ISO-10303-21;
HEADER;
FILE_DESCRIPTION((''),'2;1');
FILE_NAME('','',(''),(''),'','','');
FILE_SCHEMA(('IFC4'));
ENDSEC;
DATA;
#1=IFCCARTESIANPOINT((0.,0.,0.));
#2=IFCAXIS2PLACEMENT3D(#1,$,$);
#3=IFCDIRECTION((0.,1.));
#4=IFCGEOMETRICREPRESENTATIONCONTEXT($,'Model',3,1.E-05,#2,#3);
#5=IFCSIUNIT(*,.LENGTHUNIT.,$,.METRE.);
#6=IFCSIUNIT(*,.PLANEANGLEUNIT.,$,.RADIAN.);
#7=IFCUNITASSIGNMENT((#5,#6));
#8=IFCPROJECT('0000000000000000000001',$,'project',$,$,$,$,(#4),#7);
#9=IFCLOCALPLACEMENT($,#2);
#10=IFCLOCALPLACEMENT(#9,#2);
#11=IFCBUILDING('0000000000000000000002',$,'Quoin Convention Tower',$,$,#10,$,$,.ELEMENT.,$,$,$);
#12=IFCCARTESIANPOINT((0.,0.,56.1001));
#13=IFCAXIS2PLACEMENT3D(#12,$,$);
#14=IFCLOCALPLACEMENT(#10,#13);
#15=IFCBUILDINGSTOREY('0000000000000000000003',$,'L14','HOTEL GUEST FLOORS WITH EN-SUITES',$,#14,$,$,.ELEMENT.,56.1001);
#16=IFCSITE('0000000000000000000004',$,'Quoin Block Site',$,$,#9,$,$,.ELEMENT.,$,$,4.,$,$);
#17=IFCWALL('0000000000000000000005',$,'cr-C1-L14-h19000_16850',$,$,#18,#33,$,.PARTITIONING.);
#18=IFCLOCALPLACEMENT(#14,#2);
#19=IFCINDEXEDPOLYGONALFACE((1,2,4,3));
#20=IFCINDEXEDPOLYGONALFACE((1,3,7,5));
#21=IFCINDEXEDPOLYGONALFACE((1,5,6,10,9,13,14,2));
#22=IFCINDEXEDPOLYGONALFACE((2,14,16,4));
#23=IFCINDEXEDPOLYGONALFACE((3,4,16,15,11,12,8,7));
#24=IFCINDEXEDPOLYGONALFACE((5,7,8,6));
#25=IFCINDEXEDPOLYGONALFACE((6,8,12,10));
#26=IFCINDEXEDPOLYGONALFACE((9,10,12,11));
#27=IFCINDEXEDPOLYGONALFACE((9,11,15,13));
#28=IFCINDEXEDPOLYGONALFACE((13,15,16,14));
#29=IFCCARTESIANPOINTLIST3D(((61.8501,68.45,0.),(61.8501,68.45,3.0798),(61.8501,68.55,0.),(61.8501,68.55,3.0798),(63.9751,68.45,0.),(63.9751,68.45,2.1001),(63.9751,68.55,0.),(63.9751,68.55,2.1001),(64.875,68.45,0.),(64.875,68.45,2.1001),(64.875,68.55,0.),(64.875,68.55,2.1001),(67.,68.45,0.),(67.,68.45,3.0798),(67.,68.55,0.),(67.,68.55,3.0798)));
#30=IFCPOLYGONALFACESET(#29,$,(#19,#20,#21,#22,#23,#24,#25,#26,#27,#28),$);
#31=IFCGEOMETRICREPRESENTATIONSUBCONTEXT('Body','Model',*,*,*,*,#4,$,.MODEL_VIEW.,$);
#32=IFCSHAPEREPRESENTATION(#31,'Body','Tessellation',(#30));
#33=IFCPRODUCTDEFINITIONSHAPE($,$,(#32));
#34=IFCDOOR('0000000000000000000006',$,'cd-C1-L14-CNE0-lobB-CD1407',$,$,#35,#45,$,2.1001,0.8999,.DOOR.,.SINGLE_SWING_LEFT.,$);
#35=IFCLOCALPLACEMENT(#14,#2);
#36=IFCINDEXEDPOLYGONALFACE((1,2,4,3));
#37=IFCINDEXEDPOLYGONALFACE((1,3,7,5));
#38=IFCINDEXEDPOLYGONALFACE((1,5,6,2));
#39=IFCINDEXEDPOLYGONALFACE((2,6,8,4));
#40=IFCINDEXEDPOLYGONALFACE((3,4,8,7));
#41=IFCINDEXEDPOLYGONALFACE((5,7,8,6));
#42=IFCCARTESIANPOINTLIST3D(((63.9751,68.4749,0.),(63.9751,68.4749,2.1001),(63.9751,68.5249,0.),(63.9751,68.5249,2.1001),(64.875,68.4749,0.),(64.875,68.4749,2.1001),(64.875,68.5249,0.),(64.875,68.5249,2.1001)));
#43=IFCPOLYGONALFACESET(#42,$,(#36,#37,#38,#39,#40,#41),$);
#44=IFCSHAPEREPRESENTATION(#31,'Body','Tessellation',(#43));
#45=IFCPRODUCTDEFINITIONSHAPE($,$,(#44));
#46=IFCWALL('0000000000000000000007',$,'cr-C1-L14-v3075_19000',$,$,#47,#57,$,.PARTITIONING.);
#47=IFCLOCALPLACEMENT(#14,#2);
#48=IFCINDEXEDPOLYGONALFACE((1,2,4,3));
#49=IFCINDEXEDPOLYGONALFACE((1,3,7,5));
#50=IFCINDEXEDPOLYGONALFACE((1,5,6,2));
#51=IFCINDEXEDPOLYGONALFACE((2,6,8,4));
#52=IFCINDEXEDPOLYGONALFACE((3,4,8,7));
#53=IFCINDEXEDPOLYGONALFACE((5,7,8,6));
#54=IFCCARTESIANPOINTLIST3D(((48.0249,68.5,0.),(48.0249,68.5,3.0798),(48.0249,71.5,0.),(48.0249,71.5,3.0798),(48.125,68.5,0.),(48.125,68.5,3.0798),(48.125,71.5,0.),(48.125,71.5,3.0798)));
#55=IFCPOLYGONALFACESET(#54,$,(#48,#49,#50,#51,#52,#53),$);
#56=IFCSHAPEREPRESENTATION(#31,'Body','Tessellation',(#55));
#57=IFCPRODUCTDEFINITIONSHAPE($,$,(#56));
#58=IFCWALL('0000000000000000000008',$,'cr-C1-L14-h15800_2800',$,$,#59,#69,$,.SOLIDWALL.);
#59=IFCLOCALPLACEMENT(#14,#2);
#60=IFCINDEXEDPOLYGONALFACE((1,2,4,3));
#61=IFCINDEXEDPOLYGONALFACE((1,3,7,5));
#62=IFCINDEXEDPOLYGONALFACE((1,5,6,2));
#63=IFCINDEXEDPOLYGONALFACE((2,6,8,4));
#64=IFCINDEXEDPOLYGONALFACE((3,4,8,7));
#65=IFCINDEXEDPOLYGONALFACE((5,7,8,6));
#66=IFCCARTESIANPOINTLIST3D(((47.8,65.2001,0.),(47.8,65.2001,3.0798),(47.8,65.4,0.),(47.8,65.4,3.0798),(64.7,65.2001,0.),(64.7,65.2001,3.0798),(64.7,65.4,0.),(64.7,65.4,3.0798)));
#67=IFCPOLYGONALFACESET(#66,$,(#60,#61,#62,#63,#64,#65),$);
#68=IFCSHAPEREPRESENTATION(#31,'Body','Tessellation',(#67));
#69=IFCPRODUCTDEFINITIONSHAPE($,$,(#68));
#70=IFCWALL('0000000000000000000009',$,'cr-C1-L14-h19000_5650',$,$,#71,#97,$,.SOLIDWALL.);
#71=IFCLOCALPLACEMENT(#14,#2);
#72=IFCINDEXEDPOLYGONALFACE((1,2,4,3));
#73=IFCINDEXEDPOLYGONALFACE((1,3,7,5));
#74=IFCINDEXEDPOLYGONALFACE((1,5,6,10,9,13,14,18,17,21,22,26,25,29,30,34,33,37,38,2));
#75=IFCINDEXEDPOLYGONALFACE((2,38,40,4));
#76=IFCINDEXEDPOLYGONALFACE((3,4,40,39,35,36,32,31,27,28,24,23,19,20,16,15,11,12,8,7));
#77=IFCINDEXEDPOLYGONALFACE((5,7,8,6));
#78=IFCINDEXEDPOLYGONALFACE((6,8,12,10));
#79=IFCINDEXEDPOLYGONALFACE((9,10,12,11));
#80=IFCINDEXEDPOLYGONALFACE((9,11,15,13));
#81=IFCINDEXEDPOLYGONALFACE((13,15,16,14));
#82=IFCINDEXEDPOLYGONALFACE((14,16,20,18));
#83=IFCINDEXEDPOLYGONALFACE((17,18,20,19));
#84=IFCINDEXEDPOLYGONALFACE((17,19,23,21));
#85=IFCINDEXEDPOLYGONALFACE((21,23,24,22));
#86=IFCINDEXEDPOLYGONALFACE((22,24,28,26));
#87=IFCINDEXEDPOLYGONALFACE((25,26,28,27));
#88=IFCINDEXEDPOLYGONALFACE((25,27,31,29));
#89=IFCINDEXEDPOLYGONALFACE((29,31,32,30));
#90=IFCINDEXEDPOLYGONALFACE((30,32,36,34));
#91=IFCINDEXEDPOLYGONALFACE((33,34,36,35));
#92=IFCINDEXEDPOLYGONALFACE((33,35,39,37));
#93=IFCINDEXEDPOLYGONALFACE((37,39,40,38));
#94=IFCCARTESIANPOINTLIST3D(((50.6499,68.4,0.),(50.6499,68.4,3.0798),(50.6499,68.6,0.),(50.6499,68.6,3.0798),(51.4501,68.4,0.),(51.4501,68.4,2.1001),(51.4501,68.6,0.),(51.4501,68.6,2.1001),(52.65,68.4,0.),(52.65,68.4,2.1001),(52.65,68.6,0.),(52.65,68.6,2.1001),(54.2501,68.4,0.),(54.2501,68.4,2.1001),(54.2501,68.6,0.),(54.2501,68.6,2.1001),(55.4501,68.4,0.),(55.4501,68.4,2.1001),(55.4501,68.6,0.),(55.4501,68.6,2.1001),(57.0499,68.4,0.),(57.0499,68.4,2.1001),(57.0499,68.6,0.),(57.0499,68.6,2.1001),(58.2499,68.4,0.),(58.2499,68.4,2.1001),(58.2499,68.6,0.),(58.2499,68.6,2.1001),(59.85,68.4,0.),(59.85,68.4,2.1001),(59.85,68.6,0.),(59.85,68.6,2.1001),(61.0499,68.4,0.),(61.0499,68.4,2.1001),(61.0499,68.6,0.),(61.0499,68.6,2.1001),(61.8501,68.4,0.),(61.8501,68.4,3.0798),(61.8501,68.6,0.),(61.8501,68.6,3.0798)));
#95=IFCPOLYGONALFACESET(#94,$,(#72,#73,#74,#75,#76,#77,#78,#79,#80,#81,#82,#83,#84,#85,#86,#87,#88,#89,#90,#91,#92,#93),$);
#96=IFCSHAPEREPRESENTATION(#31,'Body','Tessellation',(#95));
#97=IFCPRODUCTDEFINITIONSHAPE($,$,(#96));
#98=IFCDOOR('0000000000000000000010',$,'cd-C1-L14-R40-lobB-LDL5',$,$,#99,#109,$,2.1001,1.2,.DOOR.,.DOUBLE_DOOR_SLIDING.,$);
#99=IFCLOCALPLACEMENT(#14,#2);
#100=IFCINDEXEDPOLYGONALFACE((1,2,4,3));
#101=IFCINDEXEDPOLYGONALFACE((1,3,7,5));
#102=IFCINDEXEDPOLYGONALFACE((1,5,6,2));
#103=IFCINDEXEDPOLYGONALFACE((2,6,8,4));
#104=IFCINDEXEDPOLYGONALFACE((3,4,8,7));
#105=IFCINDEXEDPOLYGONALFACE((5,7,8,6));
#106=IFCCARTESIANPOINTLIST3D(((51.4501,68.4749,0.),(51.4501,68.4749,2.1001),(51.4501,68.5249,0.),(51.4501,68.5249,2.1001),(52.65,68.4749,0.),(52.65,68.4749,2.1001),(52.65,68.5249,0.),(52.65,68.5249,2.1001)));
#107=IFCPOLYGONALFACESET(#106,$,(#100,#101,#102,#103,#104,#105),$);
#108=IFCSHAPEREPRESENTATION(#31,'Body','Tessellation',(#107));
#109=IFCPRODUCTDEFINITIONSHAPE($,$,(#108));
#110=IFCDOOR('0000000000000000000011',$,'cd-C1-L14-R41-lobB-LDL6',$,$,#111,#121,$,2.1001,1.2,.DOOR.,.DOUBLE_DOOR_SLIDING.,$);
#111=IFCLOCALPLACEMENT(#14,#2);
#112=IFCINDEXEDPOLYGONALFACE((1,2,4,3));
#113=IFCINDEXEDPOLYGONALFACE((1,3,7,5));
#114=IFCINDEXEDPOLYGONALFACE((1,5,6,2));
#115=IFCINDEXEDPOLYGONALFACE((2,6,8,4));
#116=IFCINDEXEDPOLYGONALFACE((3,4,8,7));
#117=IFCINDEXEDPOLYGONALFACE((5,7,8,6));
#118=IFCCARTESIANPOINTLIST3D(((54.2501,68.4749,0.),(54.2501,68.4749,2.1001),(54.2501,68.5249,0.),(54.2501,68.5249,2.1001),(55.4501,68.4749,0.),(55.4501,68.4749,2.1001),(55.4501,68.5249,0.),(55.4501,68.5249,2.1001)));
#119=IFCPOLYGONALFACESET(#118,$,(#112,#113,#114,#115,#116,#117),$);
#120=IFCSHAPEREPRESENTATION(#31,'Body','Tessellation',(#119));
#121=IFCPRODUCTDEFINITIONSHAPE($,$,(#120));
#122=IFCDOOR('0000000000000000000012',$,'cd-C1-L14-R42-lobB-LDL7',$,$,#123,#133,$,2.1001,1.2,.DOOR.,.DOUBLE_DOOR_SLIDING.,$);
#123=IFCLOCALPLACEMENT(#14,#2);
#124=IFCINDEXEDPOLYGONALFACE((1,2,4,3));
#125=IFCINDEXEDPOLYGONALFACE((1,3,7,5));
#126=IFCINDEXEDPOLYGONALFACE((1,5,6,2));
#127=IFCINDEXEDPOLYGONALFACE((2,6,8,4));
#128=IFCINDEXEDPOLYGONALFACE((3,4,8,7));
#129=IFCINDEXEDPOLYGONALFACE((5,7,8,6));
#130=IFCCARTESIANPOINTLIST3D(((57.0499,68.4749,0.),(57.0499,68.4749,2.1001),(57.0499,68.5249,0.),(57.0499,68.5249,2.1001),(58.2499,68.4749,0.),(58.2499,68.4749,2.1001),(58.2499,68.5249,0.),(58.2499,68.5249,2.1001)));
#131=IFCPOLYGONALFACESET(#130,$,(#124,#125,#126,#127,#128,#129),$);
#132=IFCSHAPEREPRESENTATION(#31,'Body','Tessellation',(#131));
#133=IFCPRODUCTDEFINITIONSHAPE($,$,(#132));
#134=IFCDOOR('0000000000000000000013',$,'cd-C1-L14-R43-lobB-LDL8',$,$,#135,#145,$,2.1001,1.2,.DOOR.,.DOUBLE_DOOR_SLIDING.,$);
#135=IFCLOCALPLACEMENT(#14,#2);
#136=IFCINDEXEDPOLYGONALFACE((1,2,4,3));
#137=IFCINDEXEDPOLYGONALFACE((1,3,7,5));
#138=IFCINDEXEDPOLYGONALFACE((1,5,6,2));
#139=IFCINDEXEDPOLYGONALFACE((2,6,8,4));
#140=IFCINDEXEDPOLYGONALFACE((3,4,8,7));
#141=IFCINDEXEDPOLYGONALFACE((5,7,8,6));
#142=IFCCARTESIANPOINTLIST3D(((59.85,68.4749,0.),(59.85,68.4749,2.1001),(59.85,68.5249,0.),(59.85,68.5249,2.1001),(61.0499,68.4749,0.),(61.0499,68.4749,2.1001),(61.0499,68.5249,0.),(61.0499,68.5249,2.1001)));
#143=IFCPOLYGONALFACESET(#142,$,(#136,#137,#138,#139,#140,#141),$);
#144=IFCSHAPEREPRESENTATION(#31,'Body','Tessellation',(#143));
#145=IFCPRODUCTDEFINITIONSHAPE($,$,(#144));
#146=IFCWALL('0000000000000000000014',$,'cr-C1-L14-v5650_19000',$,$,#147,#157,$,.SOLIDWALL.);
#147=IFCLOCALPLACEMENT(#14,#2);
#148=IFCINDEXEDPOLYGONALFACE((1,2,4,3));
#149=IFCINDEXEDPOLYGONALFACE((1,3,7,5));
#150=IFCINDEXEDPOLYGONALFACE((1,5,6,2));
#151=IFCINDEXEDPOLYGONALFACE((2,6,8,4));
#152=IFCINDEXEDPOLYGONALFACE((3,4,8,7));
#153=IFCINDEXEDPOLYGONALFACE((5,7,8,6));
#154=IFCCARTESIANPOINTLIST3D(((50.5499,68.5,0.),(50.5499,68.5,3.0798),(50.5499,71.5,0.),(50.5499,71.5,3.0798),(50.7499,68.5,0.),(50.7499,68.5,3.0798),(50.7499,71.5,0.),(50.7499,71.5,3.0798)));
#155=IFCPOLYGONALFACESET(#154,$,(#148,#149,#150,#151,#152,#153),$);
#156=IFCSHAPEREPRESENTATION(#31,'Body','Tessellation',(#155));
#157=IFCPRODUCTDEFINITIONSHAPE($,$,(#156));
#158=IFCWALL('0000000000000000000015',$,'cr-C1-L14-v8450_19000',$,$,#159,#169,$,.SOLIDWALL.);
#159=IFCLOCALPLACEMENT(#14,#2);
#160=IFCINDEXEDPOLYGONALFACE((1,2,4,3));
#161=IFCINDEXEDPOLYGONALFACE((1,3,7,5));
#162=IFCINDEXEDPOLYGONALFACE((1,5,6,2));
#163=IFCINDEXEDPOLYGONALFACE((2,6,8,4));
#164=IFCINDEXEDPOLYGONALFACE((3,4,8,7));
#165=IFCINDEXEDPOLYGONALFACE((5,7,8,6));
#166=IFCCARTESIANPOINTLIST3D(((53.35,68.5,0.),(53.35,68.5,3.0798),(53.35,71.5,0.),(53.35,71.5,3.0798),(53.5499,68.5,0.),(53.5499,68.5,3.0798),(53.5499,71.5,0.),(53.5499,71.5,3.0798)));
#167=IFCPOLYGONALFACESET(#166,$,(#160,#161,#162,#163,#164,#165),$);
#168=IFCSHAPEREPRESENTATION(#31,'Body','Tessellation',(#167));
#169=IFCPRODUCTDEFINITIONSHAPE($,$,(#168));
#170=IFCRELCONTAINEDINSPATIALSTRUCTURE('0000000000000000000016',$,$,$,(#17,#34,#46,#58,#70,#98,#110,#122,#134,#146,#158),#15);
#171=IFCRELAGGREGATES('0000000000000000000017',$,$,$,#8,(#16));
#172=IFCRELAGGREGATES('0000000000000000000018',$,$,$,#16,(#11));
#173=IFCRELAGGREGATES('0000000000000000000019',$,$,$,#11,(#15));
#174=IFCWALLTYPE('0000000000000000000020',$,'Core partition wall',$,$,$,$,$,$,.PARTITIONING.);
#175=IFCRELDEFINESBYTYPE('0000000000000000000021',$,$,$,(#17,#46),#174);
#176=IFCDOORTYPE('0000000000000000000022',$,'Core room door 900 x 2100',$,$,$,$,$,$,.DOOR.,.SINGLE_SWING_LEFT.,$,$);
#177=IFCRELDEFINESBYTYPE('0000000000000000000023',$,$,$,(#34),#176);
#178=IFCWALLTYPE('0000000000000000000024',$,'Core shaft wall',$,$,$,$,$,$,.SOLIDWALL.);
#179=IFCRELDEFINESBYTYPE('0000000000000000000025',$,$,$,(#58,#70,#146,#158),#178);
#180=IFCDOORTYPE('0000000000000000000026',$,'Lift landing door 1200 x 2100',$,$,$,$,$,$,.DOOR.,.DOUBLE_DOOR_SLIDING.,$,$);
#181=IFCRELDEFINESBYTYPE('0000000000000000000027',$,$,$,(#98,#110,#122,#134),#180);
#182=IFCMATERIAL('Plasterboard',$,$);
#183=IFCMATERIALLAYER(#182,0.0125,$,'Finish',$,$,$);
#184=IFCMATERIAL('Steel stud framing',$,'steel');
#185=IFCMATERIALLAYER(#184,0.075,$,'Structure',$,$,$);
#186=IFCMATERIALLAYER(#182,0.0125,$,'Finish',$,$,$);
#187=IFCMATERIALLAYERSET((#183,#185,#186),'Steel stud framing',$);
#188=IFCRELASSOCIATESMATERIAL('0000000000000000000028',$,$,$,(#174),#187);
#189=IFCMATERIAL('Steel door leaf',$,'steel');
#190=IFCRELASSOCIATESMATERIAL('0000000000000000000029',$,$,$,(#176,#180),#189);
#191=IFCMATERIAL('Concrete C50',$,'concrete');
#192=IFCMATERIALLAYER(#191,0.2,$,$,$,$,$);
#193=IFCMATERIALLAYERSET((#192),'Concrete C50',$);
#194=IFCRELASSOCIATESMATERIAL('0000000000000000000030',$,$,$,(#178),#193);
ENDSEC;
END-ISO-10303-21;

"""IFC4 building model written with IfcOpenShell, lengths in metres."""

from ifc_helpers import new_model, si_unit, direction, frame, frame_2d, origin, place, context, subcontext, project, spatial, rectangle, extrude, material, layer, layer_set, type_object, element, fill, save


model = new_model("IFC4")

# Units and contexts
model_context = context("Model", 3, precision=1e-05, world=origin(), true_north=direction((0.0, 1.0)))
body_context = subcontext(model_context, "Body", "Model", "MODEL_VIEW")
ifc_project = project(units=[si_unit("LENGTHUNIT", "METRE"), si_unit("PLANEANGLEUNIT", "RADIAN")], contexts=[model_context])

# Site, building, storey
site_placement = place(None, origin())
site = spatial("IfcSite", under=ifc_project, at=site_placement, Name="Quoin Block Site", CompositionType="ELEMENT", RefElevation=4.0)
building_placement = place(site_placement, origin())
building = spatial("IfcBuilding", under=site, at=building_placement, Name="Quoin Convention Tower", CompositionType="ELEMENT")
storey_placement = place(building_placement, frame((0.0, 0.0, 56.1001)))
storey = spatial("IfcBuildingStorey", under=building, at=storey_placement, Name="L14", Description="HOTEL GUEST FLOORS WITH EN-SUITES", CompositionType="ELEMENT", Elevation=56.1001)

# Wall, opening, door
ifc_material_1 = material(Name="Plasterboard")
ifc_layer_1 = layer(ifc_material_1, 0.0125, Name="Finish")
ifc_material_2 = material(Name="Steel stud framing", Category="steel")
ifc_layer_2 = layer(ifc_material_2, 0.075, Name="Structure")
ifc_layer_3 = layer(ifc_material_1, 0.0125, Name="Finish")
ifc_layer_set_1 = layer_set([ifc_layer_1, ifc_layer_2, ifc_layer_3], Name="Steel stud framing")
wall_type_1 = type_object("IfcWallType", Name="Core partition wall", PredefinedType="PARTITIONING", material=ifc_layer_set_1)
wall_1_placement = place(storey_placement, frame((61.8501, 68.5, 0.0), z_axis=(0.0, 0.0, 1.0), x_axis=(1.0, 0.0, 0.0)))
wall_1 = element("IfcWall", 1, at=wall_1_placement, inside=storey, type_object=wall_type_1, Name="cr-C1-L14-h19000_16850", PredefinedType="PARTITIONING", context=body_context, shape_type="SweptSolid", body=[
    extrude(rectangle(XDim=5.1499, YDim=0.1001, at=frame_2d((2.575, 0.0))), origin(), (0.0, 0.0, 1.0), 3.0798),
])
opening_1_placement = place(wall_1_placement, frame((2.125, 0.0, 0.0)))
opening_1 = element("IfcOpeningElement", 2, at=opening_1_placement, cuts=wall_1, PredefinedType="OPENING", context=body_context, shape_type="SweptSolid", body=[
    extrude(rectangle(XDim=0.8999, YDim=2.1001, at=frame_2d((0.45, 1.05))), frame((0.0, 0.0601, 0.0), z_axis=(0.0, -1.0, 0.0), x_axis=(1.0, 0.0, 0.0)), (0.0, 0.0, 1.0), 0.1201),
])
ifc_material_3 = material(Name="Steel door leaf", Category="steel")
door_type_1 = type_object("IfcDoorType", Name="Core room door 900 x 2100", OperationType="SINGLE_SWING_LEFT", PredefinedType="DOOR", material=ifc_material_3)
door_1_placement = place(opening_1_placement, origin())
door_1 = element("IfcDoor", 3, at=door_1_placement, inside=storey, type_object=door_type_1, Name="cd-C1-L14-CNE0-lobB-CD1407", OperationType="SINGLE_SWING_LEFT", OverallHeight=2.1001, OverallWidth=0.8999, PredefinedType="DOOR", context=body_context, shape_type="SweptSolid", body=[
    extrude(rectangle(XDim=0.8999, YDim=2.1001, at=frame_2d((0.45, 1.05))), frame((0.0, 0.0249, 0.0), z_axis=(0.0, -1.0, 0.0), x_axis=(1.0, 0.0, 0.0)), (0.0, 0.0, 1.0), 0.05),
])
fill(opening_1, door_1)

# Walls
wall_2_placement = place(storey_placement, frame((48.075, 68.5, 0.0), z_axis=(0.0, 0.0, 1.0), x_axis=(0.0, 1.0, 0.0)))
element("IfcWall", 4, at=wall_2_placement, inside=storey, type_object=wall_type_1, Name="cr-C1-L14-v3075_19000", PredefinedType="PARTITIONING", context=body_context, shape_type="SweptSolid", body=[
    extrude(rectangle(XDim=3.0, YDim=0.1001, at=frame_2d((1.5, 0.0))), origin(), (0.0, 0.0, 1.0), 3.0798),
])
ifc_material_4 = material(Name="Concrete C50", Category="concrete")
ifc_layer_4 = layer(ifc_material_4, 0.2)
ifc_layer_set_2 = layer_set([ifc_layer_4], Name="Concrete C50")
wall_type_2 = type_object("IfcWallType", Name="Core shaft wall", PredefinedType="SOLIDWALL", material=ifc_layer_set_2)
wall_3_placement = place(storey_placement, frame((47.8, 65.3, 0.0), z_axis=(0.0, 0.0, 1.0), x_axis=(1.0, 0.0, 0.0)))
element("IfcWall", 5, at=wall_3_placement, inside=storey, type_object=wall_type_2, Name="cr-C1-L14-h15800_2800", PredefinedType="SOLIDWALL", context=body_context, shape_type="SweptSolid", body=[
    extrude(rectangle(XDim=16.8999, YDim=0.2, at=frame_2d((8.45, 0.0))), origin(), (0.0, 0.0, 1.0), 3.0798),
])

# Wall, openings, doors
wall_4_placement = place(storey_placement, frame((50.6499, 68.5, 0.0), z_axis=(0.0, 0.0, 1.0), x_axis=(1.0, 0.0, 0.0)))
wall_4 = element("IfcWall", 6, at=wall_4_placement, inside=storey, type_object=wall_type_2, Name="cr-C1-L14-h19000_5650", PredefinedType="SOLIDWALL", context=body_context, shape_type="SweptSolid", body=[
    extrude(rectangle(XDim=11.2002, YDim=0.2, at=frame_2d((5.6001, 0.0))), origin(), (0.0, 0.0, 1.0), 3.0798),
])
opening_2_placement = place(wall_4_placement, frame((0.8, 0.0, 0.0)))
opening_2 = element("IfcOpeningElement", 7, at=opening_2_placement, cuts=wall_4, PredefinedType="OPENING", context=body_context, shape_type="SweptSolid", body=[
    extrude(rectangle(XDim=1.2, YDim=2.1001, at=frame_2d((0.6001, 1.05))), frame((0.0, 0.1099, 0.0), z_axis=(0.0, -1.0, 0.0), x_axis=(1.0, 0.0, 0.0)), (0.0, 0.0, 1.0), 0.22),
])
opening_3_placement = place(wall_4_placement, frame((3.6001, 0.0, 0.0)))
opening_3 = element("IfcOpeningElement", 8, at=opening_3_placement, cuts=wall_4, PredefinedType="OPENING", context=body_context, shape_type="SweptSolid", body=[
    extrude(rectangle(XDim=1.2, YDim=2.1001, at=frame_2d((0.6001, 1.05))), frame((0.0, 0.1099, 0.0), z_axis=(0.0, -1.0, 0.0), x_axis=(1.0, 0.0, 0.0)), (0.0, 0.0, 1.0), 0.22),
])
opening_4_placement = place(wall_4_placement, frame((6.3999, 0.0, 0.0)))
opening_4 = element("IfcOpeningElement", 9, at=opening_4_placement, cuts=wall_4, PredefinedType="OPENING", context=body_context, shape_type="SweptSolid", body=[
    extrude(rectangle(XDim=1.2, YDim=2.1001, at=frame_2d((0.6001, 1.05))), frame((0.0, 0.1099, 0.0), z_axis=(0.0, -1.0, 0.0), x_axis=(1.0, 0.0, 0.0)), (0.0, 0.0, 1.0), 0.22),
])
opening_5_placement = place(wall_4_placement, frame((9.2, 0.0, 0.0)))
opening_5 = element("IfcOpeningElement", 10, at=opening_5_placement, cuts=wall_4, PredefinedType="OPENING", context=body_context, shape_type="SweptSolid", body=[
    extrude(rectangle(XDim=1.2, YDim=2.1001, at=frame_2d((0.6001, 1.05))), frame((0.0, 0.1099, 0.0), z_axis=(0.0, -1.0, 0.0), x_axis=(1.0, 0.0, 0.0)), (0.0, 0.0, 1.0), 0.22),
])
door_type_2 = type_object("IfcDoorType", Name="Lift landing door 1200 x 2100", OperationType="DOUBLE_DOOR_SLIDING", PredefinedType="DOOR", material=ifc_material_3)
door_2_placement = place(opening_2_placement, origin())
door_2 = element("IfcDoor", 11, at=door_2_placement, inside=storey, type_object=door_type_2, Name="cd-C1-L14-R40-lobB-LDL5", OperationType="DOUBLE_DOOR_SLIDING", OverallHeight=2.1001, OverallWidth=1.2, PredefinedType="DOOR", context=body_context, shape_type="SweptSolid", body=[
    extrude(rectangle(XDim=1.2, YDim=2.1001, at=frame_2d((0.6001, 1.05))), frame((0.0, 0.0249, 0.0), z_axis=(0.0, -1.0, 0.0), x_axis=(1.0, 0.0, 0.0)), (0.0, 0.0, 1.0), 0.05),
])
fill(opening_2, door_2)
door_3_placement = place(opening_3_placement, origin())
door_3 = element("IfcDoor", 12, at=door_3_placement, inside=storey, type_object=door_type_2, Name="cd-C1-L14-R41-lobB-LDL6", OperationType="DOUBLE_DOOR_SLIDING", OverallHeight=2.1001, OverallWidth=1.2, PredefinedType="DOOR", context=body_context, shape_type="SweptSolid", body=[
    extrude(rectangle(XDim=1.2, YDim=2.1001, at=frame_2d((0.6001, 1.05))), frame((0.0, 0.0249, 0.0), z_axis=(0.0, -1.0, 0.0), x_axis=(1.0, 0.0, 0.0)), (0.0, 0.0, 1.0), 0.05),
])
fill(opening_3, door_3)
door_4_placement = place(opening_4_placement, origin())
door_4 = element("IfcDoor", 13, at=door_4_placement, inside=storey, type_object=door_type_2, Name="cd-C1-L14-R42-lobB-LDL7", OperationType="DOUBLE_DOOR_SLIDING", OverallHeight=2.1001, OverallWidth=1.2, PredefinedType="DOOR", context=body_context, shape_type="SweptSolid", body=[
    extrude(rectangle(XDim=1.2, YDim=2.1001, at=frame_2d((0.6001, 1.05))), frame((0.0, 0.0249, 0.0), z_axis=(0.0, -1.0, 0.0), x_axis=(1.0, 0.0, 0.0)), (0.0, 0.0, 1.0), 0.05),
])
fill(opening_4, door_4)
door_5_placement = place(opening_5_placement, origin())
door_5 = element("IfcDoor", 14, at=door_5_placement, inside=storey, type_object=door_type_2, Name="cd-C1-L14-R43-lobB-LDL8", OperationType="DOUBLE_DOOR_SLIDING", OverallHeight=2.1001, OverallWidth=1.2, PredefinedType="DOOR", context=body_context, shape_type="SweptSolid", body=[
    extrude(rectangle(XDim=1.2, YDim=2.1001, at=frame_2d((0.6001, 1.05))), frame((0.0, 0.0249, 0.0), z_axis=(0.0, -1.0, 0.0), x_axis=(1.0, 0.0, 0.0)), (0.0, 0.0, 1.0), 0.05),
])
fill(opening_5, door_5)

# Walls
for number, where, z_axis, x_axis, name in (
    (15, (50.6499, 68.5, 0.0), (0.0, 0.0, 1.0), (0.0, 1.0, 0.0), "cr-C1-L14-v5650_19000"),
    (16, (53.45, 68.5, 0.0), (0.0, 0.0, 1.0), (0.0, 1.0, 0.0), "cr-C1-L14-v8450_19000"),
):
    element("IfcWall", number, at=place(storey_placement, frame(where, z_axis=z_axis, x_axis=x_axis)), inside=storey, type_object=wall_type_2, Name=name, PredefinedType="SOLIDWALL", context=body_context, shape_type="SweptSolid", body=[
        extrude(rectangle(XDim=3.0, YDim=0.2, at=frame_2d((1.5, 0.0))), origin(), (0.0, 0.0, 1.0), 3.0798),
    ])

save(model, "model.ifc")
